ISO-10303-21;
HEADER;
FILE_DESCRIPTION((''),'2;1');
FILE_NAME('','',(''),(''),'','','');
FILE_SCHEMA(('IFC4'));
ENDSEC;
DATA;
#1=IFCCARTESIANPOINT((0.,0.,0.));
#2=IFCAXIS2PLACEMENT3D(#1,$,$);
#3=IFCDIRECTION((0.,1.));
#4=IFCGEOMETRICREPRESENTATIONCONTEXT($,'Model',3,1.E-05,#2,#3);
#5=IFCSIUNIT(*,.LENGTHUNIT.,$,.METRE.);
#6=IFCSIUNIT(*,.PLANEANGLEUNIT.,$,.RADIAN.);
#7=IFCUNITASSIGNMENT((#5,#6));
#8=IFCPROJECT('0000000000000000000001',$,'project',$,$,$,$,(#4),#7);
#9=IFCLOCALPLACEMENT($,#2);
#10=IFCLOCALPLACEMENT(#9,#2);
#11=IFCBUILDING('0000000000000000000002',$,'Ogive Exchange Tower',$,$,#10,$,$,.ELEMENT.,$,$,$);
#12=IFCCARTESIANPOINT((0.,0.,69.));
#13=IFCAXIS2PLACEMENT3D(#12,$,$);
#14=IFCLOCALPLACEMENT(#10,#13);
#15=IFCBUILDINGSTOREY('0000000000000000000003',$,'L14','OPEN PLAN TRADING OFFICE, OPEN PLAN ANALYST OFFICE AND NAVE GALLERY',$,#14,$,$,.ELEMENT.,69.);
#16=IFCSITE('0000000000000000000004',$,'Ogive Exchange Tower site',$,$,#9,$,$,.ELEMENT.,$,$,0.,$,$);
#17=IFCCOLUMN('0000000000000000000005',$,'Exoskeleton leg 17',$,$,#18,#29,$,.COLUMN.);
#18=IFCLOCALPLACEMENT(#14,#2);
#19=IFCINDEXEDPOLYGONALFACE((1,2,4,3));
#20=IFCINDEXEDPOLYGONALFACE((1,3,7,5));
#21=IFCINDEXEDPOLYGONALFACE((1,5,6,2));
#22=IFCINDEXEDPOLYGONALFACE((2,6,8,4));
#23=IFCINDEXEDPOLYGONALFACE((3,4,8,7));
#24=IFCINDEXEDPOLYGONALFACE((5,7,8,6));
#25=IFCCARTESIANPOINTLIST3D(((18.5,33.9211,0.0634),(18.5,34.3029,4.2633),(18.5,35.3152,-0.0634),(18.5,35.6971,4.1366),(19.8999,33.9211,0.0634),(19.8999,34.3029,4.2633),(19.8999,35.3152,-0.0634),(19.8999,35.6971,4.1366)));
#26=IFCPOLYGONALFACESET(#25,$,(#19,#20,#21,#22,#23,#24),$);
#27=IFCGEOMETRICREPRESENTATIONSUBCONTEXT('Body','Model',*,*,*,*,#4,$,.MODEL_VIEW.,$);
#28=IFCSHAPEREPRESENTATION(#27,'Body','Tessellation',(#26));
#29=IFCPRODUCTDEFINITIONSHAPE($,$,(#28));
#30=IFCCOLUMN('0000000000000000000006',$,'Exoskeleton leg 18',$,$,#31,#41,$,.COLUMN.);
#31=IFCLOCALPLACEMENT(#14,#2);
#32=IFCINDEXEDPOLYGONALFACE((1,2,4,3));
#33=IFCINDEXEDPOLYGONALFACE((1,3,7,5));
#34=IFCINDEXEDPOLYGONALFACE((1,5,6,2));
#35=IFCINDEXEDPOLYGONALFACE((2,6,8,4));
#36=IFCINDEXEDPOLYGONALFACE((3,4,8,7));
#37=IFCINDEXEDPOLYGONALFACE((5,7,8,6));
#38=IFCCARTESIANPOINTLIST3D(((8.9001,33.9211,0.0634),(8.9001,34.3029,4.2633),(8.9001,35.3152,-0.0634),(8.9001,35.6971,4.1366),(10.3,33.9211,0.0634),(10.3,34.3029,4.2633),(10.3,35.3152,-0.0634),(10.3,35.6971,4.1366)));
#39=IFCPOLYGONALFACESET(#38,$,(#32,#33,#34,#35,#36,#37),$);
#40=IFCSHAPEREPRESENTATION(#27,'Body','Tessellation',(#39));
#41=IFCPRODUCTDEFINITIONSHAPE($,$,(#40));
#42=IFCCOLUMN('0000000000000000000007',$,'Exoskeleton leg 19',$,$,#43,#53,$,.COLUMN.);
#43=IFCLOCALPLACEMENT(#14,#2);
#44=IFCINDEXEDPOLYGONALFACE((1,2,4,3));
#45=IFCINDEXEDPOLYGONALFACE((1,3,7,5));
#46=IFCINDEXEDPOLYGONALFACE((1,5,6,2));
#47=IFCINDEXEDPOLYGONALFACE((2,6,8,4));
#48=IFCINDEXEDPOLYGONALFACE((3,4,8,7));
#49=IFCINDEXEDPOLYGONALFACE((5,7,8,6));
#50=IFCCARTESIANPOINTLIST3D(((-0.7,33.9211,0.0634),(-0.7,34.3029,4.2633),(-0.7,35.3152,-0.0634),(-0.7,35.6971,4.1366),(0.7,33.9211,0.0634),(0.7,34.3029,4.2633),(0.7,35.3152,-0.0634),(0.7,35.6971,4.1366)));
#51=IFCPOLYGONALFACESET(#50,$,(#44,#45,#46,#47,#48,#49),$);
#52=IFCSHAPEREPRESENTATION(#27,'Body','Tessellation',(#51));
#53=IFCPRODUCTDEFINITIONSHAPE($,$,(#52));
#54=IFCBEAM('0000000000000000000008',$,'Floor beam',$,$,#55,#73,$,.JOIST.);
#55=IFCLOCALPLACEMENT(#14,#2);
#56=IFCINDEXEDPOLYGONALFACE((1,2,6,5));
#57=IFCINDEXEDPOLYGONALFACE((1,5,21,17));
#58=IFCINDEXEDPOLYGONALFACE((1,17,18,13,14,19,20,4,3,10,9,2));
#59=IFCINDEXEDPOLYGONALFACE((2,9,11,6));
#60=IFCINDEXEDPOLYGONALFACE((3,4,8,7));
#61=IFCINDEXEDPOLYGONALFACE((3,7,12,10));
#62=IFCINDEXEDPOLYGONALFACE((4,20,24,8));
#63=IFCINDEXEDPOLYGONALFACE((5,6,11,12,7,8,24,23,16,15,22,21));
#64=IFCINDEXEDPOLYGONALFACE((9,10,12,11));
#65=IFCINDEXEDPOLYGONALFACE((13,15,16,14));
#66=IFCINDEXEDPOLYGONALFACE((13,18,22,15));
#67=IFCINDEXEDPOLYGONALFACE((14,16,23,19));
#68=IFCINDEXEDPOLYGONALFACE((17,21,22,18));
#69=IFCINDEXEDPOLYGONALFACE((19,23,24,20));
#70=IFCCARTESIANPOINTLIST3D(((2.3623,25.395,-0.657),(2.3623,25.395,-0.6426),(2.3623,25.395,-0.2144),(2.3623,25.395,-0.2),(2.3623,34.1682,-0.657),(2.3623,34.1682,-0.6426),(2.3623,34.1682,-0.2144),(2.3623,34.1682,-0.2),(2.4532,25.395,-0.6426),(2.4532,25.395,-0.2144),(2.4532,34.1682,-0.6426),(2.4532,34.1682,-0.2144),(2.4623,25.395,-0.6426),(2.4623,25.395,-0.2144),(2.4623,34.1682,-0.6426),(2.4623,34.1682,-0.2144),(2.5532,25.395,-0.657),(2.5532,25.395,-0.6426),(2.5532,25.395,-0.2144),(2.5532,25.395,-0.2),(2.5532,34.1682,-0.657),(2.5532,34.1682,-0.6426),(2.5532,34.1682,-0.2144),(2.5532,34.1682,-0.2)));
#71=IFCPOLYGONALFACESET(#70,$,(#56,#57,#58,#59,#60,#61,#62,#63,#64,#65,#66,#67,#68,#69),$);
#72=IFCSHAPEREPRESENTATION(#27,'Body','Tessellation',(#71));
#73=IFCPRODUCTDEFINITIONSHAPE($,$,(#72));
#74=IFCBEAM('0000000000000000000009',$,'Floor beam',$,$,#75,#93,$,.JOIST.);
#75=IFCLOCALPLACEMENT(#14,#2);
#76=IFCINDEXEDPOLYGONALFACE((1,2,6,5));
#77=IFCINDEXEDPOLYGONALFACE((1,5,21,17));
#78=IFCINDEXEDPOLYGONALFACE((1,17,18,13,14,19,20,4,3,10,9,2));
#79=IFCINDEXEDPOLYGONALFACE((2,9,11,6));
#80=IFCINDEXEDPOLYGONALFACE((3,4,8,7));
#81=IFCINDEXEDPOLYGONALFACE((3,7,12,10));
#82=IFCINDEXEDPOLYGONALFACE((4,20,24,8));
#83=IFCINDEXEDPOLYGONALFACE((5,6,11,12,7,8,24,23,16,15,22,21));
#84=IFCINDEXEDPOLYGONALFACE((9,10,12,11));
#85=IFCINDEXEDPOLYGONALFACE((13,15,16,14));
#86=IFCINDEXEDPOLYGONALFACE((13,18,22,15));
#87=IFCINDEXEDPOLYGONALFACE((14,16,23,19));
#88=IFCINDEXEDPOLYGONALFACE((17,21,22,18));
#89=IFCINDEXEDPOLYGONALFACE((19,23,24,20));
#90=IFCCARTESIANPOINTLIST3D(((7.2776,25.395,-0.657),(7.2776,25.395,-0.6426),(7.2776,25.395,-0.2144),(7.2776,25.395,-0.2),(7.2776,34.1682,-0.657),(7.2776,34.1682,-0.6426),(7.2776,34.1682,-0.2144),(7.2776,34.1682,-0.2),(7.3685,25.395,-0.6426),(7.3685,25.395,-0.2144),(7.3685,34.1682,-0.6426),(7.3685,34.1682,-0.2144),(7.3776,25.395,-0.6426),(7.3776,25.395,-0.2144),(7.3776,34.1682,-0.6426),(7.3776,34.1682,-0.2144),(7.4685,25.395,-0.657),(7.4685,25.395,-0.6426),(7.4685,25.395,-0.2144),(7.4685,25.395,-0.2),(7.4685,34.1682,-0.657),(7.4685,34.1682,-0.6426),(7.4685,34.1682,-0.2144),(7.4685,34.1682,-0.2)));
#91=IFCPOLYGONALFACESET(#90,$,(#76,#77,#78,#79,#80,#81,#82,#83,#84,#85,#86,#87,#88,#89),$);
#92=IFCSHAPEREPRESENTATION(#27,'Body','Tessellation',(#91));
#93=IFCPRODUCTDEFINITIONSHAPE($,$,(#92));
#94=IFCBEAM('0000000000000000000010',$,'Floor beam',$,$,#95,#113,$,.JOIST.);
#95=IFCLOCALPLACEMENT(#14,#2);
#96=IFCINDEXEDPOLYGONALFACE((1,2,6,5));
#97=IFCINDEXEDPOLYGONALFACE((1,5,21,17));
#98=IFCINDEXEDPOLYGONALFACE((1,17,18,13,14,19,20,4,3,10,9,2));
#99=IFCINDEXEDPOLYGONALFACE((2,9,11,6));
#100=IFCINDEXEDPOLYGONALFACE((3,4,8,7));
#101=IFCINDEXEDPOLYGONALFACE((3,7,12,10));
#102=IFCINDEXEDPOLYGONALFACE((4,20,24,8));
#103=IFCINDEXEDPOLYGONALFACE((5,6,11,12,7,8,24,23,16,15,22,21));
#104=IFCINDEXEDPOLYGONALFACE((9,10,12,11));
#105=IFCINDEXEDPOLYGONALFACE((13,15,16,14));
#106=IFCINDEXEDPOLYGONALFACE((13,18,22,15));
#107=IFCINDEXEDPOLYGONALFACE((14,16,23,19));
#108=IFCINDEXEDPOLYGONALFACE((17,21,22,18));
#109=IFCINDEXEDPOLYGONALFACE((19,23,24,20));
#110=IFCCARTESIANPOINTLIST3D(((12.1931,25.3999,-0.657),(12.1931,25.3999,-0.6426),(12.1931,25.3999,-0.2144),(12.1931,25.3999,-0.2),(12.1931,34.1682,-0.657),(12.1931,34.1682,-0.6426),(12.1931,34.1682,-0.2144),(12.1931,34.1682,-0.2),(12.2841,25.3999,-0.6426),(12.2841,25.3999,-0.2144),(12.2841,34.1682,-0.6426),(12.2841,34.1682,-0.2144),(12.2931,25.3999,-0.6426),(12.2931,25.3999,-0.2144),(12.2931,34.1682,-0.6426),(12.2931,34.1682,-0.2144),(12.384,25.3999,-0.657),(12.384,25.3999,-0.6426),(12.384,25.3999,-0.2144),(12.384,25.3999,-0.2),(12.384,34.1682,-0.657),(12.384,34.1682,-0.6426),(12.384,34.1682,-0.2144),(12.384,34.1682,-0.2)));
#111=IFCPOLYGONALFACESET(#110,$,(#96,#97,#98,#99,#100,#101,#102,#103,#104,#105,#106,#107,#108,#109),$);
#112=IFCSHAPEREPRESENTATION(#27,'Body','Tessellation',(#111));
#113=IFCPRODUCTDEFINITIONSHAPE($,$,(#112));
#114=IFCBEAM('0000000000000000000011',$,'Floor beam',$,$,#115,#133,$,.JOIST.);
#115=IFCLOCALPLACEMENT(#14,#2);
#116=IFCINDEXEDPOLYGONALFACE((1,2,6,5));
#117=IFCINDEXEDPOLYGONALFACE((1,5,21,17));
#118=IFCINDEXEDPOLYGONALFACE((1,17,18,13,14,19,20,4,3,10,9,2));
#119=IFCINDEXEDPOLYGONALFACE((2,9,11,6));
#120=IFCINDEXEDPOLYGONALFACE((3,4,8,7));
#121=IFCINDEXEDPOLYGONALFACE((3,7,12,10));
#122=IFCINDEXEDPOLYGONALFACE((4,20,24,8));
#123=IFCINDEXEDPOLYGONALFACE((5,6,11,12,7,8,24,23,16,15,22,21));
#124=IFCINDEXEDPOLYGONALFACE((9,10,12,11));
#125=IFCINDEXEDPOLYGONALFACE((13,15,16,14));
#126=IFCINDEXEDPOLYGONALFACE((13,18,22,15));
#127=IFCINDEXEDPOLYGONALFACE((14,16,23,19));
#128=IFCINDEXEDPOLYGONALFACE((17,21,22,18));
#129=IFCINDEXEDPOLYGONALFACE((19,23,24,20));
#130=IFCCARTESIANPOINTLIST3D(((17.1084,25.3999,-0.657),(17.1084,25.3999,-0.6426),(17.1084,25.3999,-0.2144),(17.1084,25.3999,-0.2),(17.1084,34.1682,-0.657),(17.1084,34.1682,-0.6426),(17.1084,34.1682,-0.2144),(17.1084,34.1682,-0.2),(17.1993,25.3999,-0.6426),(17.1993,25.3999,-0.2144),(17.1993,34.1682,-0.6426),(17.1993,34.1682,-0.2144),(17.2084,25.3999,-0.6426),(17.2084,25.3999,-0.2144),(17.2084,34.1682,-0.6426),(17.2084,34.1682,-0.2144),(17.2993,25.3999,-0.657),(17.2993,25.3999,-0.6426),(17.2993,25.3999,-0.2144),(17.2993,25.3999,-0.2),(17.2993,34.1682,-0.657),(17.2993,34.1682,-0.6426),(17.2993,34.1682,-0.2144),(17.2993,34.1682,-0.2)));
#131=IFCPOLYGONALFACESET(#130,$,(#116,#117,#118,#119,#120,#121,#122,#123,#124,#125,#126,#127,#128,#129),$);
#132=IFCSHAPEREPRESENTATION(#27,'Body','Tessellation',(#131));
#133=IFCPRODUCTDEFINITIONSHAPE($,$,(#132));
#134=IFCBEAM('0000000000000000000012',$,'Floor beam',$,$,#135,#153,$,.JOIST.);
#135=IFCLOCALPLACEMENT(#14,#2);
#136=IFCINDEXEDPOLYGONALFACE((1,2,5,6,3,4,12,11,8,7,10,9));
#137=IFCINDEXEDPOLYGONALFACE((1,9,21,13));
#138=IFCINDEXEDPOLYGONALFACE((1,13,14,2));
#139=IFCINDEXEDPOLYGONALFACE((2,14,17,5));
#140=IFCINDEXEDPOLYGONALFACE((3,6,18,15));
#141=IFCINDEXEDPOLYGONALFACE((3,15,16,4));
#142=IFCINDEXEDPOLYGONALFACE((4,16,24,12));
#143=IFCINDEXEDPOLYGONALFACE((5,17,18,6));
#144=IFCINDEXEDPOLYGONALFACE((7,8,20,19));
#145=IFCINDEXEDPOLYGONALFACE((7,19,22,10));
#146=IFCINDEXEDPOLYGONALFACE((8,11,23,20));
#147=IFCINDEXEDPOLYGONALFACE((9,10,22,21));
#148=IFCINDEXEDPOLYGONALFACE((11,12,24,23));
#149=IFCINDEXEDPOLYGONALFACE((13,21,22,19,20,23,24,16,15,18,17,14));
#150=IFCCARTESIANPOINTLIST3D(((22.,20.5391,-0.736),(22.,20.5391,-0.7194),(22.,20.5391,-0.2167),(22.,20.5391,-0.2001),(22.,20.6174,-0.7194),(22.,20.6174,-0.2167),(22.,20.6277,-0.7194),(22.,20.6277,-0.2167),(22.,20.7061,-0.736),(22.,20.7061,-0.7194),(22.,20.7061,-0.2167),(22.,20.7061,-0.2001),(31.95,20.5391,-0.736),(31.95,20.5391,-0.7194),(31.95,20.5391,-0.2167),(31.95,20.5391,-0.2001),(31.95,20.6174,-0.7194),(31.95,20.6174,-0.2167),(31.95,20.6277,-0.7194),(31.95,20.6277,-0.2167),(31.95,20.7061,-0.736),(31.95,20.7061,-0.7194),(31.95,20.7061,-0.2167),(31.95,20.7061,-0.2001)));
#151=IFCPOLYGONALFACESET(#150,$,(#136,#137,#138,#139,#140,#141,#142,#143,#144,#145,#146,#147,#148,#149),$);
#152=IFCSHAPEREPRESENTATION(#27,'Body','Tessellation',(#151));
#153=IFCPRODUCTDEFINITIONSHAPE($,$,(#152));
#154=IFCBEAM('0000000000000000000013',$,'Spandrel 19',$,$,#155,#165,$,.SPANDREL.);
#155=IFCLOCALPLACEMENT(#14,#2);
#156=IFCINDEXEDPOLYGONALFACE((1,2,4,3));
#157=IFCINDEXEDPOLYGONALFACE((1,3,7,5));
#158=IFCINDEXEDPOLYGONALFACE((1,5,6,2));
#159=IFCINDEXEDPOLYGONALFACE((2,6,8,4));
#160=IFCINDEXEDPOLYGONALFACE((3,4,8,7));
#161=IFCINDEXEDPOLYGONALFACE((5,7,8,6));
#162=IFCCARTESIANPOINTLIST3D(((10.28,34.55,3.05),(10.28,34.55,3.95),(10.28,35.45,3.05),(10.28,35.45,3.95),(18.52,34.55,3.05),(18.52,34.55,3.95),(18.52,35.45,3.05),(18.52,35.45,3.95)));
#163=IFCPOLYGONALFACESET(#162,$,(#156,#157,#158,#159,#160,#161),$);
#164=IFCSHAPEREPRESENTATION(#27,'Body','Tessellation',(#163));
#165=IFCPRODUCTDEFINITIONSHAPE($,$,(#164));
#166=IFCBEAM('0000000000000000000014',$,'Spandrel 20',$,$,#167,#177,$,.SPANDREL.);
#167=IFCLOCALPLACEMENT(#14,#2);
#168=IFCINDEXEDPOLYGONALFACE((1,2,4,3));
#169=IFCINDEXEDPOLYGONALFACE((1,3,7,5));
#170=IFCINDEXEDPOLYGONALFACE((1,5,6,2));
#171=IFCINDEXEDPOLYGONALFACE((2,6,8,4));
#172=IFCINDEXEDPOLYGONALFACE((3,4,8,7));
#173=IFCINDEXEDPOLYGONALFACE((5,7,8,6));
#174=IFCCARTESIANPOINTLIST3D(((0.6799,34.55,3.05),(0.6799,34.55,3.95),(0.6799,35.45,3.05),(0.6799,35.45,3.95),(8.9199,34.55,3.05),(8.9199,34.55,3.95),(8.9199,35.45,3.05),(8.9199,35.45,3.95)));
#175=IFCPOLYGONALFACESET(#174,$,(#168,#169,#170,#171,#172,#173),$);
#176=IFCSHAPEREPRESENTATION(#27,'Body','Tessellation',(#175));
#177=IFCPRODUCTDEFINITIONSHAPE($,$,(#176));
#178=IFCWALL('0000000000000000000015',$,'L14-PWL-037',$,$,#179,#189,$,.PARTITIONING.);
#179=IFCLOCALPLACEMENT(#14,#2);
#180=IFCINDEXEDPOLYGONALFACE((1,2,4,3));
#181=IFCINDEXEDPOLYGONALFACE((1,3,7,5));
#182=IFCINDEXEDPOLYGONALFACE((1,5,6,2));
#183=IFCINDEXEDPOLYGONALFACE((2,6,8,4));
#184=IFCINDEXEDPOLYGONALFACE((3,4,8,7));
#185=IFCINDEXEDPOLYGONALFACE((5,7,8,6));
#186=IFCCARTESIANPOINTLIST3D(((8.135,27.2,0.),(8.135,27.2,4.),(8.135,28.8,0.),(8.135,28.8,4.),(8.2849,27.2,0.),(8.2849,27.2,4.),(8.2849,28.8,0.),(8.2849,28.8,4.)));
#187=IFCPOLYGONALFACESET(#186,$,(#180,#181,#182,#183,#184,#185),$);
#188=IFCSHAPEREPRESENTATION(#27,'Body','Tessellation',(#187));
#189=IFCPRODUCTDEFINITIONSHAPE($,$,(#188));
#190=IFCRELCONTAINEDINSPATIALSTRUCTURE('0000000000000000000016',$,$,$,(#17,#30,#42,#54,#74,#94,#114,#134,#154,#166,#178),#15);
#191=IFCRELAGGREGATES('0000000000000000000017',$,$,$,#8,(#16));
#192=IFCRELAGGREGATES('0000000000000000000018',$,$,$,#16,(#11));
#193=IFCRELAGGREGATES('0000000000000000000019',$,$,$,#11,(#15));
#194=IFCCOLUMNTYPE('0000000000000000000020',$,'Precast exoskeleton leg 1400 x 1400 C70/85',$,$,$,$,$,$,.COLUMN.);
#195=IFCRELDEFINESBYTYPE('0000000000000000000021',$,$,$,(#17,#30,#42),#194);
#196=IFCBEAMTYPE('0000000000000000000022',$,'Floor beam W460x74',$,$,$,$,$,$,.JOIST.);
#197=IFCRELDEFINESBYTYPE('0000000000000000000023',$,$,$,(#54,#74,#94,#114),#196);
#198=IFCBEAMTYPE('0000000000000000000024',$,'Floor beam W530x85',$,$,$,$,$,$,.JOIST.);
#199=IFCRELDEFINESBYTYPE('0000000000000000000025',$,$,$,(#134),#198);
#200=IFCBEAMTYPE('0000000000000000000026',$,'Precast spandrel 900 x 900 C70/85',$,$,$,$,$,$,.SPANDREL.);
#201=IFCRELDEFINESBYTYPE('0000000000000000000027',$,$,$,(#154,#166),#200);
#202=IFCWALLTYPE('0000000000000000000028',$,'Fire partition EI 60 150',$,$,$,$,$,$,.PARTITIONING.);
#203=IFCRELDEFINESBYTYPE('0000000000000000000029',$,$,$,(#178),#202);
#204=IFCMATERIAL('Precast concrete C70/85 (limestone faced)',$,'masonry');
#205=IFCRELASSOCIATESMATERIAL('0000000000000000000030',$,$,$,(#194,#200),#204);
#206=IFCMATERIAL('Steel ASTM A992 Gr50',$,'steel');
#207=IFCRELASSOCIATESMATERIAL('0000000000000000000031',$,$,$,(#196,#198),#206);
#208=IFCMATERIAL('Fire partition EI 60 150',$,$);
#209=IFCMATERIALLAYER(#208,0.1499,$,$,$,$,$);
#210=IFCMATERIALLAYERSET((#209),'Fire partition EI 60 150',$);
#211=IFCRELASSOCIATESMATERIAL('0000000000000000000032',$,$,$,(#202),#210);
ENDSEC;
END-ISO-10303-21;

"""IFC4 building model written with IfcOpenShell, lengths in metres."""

from ifc_helpers import new_model, si_unit, direction, frame, frame_2d, origin, origin_2d, place, context, subcontext, project, spatial, rectangle, i_section, extrude, material, layer, layer_set, material_profile, profile_set, type_object, element, save


model = new_model("IFC4")

# Units and contexts
model_context = context("Model", 3, precision=1e-05, world=origin(), true_north=direction((0.0, 1.0)))
body_context = subcontext(model_context, "Body", "Model", "MODEL_VIEW")
ifc_project = project(units=[si_unit("LENGTHUNIT", "METRE"), si_unit("PLANEANGLEUNIT", "RADIAN")], contexts=[model_context])

# Site, building, storey
site_placement = place(None, origin())
site = spatial("IfcSite", under=ifc_project, at=site_placement, Name="Ogive Exchange Tower site", CompositionType="ELEMENT", RefElevation=0.0)
building_placement = place(site_placement, origin())
building = spatial("IfcBuilding", under=site, at=building_placement, Name="Ogive Exchange Tower", CompositionType="ELEMENT")
storey_placement = place(building_placement, frame((0.0, 0.0, 69.0)))
storey = spatial("IfcBuildingStorey", under=building, at=storey_placement, Name="L14", Description="OPEN PLAN TRADING OFFICE, OPEN PLAN ANALYST OFFICE AND NAVE GALLERY", CompositionType="ELEMENT", Elevation=69.0)

# Columns
ifc_material_1 = material(Name="Precast concrete C70/85 (limestone faced)", Category="masonry")
ifc_material_profile_1 = material_profile(ifc_material_1, rectangle(XDim=1.3999, YDim=1.3999, at=origin_2d()), Name="1400 x 1400")
ifc_profile_set_1 = profile_set([ifc_material_profile_1], Name="Precast concrete C70/85 (limestone faced)")
column_type = type_object("IfcColumnType", Name="Precast exoskeleton leg 1400 x 1400 C70/85", PredefinedType="COLUMN", material=ifc_profile_set_1)
for number, where, z_axis, x_axis, name in (
    (1, (19.2, 34.6182, 0.0), (0.0, 0.090541, 0.995893), (-1.0, 0.0, 0.0), "Exoskeleton leg 17"),
    (2, (9.6001, 34.6182, 0.0), (0.0, 0.090541, 0.995893), (-1.0, 0.0, 0.0), "Exoskeleton leg 18"),
    (3, (0.0, 34.6182, 0.0), (0.0, 0.090541, 0.995893), (-1.0, 0.0, 0.0), "Exoskeleton leg 19"),
):
    element("IfcColumn", number, at=place(storey_placement, frame(where, z_axis=z_axis, x_axis=x_axis)), inside=storey, type_object=column_type, Name=name, PredefinedType="COLUMN", context=body_context, shape_type="SweptSolid", body=[
        extrude(rectangle(XDim=1.3999, YDim=1.3999, at=origin_2d()), origin(), (0.0, 0.0, 1.0), 4.2173),
    ])

# Beams
ifc_material_2 = material(Name="Steel ASTM A992 Gr50", Category="steel")
ifc_material_profile_2 = material_profile(ifc_material_2, i_section(OverallWidth=0.1909, OverallDepth=0.457, WebThickness=0.009, FlangeThickness=0.0144, at=origin_2d()), Name="W460x74")
ifc_profile_set_2 = profile_set([ifc_material_profile_2], Name="Steel ASTM A992 Gr50")
beam_type_1 = type_object("IfcBeamType", Name="Floor beam W460x74", PredefinedType="JOIST", material=ifc_profile_set_2)
for number, where, z_axis, x_axis, name in (
    (4, (2.4578, 25.395, -0.4285), (0.0, 1.0, 0.0), (-1.0, 0.0, 0.0), "Floor beam"),
    (5, (7.373, 25.395, -0.4285), (0.0, 1.0, 0.0), (-1.0, 0.0, 0.0), "Floor beam"),
):
    element("IfcBeam", number, at=place(storey_placement, frame(where, z_axis=z_axis, x_axis=x_axis)), inside=storey, type_object=beam_type_1, Name=name, PredefinedType="JOIST", context=body_context, shape_type="SweptSolid", body=[
        extrude(i_section(OverallWidth=0.1909, OverallDepth=0.457, WebThickness=0.009, FlangeThickness=0.0144, at=origin_2d()), origin(), (0.0, 0.0, 1.0), 8.7732),
    ])
for number, where, z_axis, x_axis, name in (
    (6, (12.2886, 25.3999, -0.4285), (0.0, 1.0, 0.0), (-1.0, 0.0, 0.0), "Floor beam"),
    (7, (17.2039, 25.3999, -0.4285), (0.0, 1.0, 0.0), (-1.0, 0.0, 0.0), "Floor beam"),
):
    element("IfcBeam", number, at=place(storey_placement, frame(where, z_axis=z_axis, x_axis=x_axis)), inside=storey, type_object=beam_type_1, Name=name, PredefinedType="JOIST", context=body_context, shape_type="SweptSolid", body=[
        extrude(i_section(OverallWidth=0.1909, OverallDepth=0.457, WebThickness=0.009, FlangeThickness=0.0144, at=origin_2d()), origin(), (0.0, 0.0, 1.0), 8.7683),
    ])
ifc_material_profile_3 = material_profile(ifc_material_2, i_section(OverallWidth=0.167, OverallDepth=0.5359, WebThickness=0.0103, FlangeThickness=0.0166, at=origin_2d()), Name="W530x85")
ifc_profile_set_3 = profile_set([ifc_material_profile_3], Name="Steel ASTM A992 Gr50")
beam_type_2 = type_object("IfcBeamType", Name="Floor beam W530x85", PredefinedType="JOIST", material=ifc_profile_set_3)
beam_placement = place(storey_placement, frame((22.0, 20.6226, -0.468), z_axis=(1.0, 0.0, 0.0), x_axis=(0.0, 1.0, 0.0)))
element("IfcBeam", 8, at=beam_placement, inside=storey, type_object=beam_type_2, Name="Floor beam", PredefinedType="JOIST", context=body_context, shape_type="SweptSolid", body=[
    extrude(i_section(OverallWidth=0.167, OverallDepth=0.5359, WebThickness=0.0103, FlangeThickness=0.0166, at=origin_2d()), origin(), (0.0, 0.0, 1.0), 9.95),
])
ifc_material_profile_4 = material_profile(ifc_material_1, rectangle(XDim=0.8999, YDim=0.8999, at=origin_2d()), Name="900 x 900")
ifc_profile_set_4 = profile_set([ifc_material_profile_4], Name="Precast concrete C70/85 (limestone faced)")
beam_type_3 = type_object("IfcBeamType", Name="Precast spandrel 900 x 900 C70/85", PredefinedType="SPANDREL", material=ifc_profile_set_4)
for number, where, z_axis, x_axis, name in (
    (9, (18.52, 35.0, 3.5), (-1.0, 0.0, 0.0), (0.0, -1.0, 0.0), "Spandrel 19"),
    (10, (8.9199, 35.0, 3.5), (-1.0, 0.0, 0.0), (0.0, -1.0, 0.0), "Spandrel 20"),
):
    element("IfcBeam", number, at=place(storey_placement, frame(where, z_axis=z_axis, x_axis=x_axis)), inside=storey, type_object=beam_type_3, Name=name, PredefinedType="SPANDREL", context=body_context, shape_type="SweptSolid", body=[
        extrude(rectangle(XDim=0.8999, YDim=0.8999, at=origin_2d()), origin(), (0.0, 0.0, 1.0), 8.24),
    ])

# Wall
ifc_material_3 = material(Name="Fire partition EI 60 150")
ifc_layer_1 = layer(ifc_material_3, 0.1499)
ifc_layer_set_1 = layer_set([ifc_layer_1], Name="Fire partition EI 60 150")
wall_type_1 = type_object("IfcWallType", Name="Fire partition EI 60 150", PredefinedType="PARTITIONING", material=ifc_layer_set_1)
wall_1_placement = place(storey_placement, frame((8.21, 27.2, 0.0), z_axis=(0.0, 0.0, 1.0), x_axis=(0.0, 1.0, 0.0)))
element("IfcWall", 11, at=wall_1_placement, inside=storey, type_object=wall_type_1, Name="L14-PWL-037", PredefinedType="PARTITIONING", context=body_context, shape_type="SweptSolid", body=[
    extrude(rectangle(XDim=1.6001, YDim=0.1499, at=frame_2d((0.8, 0.0))), origin(), (0.0, 0.0, 1.0), 4.0),
])

save(model, "model.ifc")
